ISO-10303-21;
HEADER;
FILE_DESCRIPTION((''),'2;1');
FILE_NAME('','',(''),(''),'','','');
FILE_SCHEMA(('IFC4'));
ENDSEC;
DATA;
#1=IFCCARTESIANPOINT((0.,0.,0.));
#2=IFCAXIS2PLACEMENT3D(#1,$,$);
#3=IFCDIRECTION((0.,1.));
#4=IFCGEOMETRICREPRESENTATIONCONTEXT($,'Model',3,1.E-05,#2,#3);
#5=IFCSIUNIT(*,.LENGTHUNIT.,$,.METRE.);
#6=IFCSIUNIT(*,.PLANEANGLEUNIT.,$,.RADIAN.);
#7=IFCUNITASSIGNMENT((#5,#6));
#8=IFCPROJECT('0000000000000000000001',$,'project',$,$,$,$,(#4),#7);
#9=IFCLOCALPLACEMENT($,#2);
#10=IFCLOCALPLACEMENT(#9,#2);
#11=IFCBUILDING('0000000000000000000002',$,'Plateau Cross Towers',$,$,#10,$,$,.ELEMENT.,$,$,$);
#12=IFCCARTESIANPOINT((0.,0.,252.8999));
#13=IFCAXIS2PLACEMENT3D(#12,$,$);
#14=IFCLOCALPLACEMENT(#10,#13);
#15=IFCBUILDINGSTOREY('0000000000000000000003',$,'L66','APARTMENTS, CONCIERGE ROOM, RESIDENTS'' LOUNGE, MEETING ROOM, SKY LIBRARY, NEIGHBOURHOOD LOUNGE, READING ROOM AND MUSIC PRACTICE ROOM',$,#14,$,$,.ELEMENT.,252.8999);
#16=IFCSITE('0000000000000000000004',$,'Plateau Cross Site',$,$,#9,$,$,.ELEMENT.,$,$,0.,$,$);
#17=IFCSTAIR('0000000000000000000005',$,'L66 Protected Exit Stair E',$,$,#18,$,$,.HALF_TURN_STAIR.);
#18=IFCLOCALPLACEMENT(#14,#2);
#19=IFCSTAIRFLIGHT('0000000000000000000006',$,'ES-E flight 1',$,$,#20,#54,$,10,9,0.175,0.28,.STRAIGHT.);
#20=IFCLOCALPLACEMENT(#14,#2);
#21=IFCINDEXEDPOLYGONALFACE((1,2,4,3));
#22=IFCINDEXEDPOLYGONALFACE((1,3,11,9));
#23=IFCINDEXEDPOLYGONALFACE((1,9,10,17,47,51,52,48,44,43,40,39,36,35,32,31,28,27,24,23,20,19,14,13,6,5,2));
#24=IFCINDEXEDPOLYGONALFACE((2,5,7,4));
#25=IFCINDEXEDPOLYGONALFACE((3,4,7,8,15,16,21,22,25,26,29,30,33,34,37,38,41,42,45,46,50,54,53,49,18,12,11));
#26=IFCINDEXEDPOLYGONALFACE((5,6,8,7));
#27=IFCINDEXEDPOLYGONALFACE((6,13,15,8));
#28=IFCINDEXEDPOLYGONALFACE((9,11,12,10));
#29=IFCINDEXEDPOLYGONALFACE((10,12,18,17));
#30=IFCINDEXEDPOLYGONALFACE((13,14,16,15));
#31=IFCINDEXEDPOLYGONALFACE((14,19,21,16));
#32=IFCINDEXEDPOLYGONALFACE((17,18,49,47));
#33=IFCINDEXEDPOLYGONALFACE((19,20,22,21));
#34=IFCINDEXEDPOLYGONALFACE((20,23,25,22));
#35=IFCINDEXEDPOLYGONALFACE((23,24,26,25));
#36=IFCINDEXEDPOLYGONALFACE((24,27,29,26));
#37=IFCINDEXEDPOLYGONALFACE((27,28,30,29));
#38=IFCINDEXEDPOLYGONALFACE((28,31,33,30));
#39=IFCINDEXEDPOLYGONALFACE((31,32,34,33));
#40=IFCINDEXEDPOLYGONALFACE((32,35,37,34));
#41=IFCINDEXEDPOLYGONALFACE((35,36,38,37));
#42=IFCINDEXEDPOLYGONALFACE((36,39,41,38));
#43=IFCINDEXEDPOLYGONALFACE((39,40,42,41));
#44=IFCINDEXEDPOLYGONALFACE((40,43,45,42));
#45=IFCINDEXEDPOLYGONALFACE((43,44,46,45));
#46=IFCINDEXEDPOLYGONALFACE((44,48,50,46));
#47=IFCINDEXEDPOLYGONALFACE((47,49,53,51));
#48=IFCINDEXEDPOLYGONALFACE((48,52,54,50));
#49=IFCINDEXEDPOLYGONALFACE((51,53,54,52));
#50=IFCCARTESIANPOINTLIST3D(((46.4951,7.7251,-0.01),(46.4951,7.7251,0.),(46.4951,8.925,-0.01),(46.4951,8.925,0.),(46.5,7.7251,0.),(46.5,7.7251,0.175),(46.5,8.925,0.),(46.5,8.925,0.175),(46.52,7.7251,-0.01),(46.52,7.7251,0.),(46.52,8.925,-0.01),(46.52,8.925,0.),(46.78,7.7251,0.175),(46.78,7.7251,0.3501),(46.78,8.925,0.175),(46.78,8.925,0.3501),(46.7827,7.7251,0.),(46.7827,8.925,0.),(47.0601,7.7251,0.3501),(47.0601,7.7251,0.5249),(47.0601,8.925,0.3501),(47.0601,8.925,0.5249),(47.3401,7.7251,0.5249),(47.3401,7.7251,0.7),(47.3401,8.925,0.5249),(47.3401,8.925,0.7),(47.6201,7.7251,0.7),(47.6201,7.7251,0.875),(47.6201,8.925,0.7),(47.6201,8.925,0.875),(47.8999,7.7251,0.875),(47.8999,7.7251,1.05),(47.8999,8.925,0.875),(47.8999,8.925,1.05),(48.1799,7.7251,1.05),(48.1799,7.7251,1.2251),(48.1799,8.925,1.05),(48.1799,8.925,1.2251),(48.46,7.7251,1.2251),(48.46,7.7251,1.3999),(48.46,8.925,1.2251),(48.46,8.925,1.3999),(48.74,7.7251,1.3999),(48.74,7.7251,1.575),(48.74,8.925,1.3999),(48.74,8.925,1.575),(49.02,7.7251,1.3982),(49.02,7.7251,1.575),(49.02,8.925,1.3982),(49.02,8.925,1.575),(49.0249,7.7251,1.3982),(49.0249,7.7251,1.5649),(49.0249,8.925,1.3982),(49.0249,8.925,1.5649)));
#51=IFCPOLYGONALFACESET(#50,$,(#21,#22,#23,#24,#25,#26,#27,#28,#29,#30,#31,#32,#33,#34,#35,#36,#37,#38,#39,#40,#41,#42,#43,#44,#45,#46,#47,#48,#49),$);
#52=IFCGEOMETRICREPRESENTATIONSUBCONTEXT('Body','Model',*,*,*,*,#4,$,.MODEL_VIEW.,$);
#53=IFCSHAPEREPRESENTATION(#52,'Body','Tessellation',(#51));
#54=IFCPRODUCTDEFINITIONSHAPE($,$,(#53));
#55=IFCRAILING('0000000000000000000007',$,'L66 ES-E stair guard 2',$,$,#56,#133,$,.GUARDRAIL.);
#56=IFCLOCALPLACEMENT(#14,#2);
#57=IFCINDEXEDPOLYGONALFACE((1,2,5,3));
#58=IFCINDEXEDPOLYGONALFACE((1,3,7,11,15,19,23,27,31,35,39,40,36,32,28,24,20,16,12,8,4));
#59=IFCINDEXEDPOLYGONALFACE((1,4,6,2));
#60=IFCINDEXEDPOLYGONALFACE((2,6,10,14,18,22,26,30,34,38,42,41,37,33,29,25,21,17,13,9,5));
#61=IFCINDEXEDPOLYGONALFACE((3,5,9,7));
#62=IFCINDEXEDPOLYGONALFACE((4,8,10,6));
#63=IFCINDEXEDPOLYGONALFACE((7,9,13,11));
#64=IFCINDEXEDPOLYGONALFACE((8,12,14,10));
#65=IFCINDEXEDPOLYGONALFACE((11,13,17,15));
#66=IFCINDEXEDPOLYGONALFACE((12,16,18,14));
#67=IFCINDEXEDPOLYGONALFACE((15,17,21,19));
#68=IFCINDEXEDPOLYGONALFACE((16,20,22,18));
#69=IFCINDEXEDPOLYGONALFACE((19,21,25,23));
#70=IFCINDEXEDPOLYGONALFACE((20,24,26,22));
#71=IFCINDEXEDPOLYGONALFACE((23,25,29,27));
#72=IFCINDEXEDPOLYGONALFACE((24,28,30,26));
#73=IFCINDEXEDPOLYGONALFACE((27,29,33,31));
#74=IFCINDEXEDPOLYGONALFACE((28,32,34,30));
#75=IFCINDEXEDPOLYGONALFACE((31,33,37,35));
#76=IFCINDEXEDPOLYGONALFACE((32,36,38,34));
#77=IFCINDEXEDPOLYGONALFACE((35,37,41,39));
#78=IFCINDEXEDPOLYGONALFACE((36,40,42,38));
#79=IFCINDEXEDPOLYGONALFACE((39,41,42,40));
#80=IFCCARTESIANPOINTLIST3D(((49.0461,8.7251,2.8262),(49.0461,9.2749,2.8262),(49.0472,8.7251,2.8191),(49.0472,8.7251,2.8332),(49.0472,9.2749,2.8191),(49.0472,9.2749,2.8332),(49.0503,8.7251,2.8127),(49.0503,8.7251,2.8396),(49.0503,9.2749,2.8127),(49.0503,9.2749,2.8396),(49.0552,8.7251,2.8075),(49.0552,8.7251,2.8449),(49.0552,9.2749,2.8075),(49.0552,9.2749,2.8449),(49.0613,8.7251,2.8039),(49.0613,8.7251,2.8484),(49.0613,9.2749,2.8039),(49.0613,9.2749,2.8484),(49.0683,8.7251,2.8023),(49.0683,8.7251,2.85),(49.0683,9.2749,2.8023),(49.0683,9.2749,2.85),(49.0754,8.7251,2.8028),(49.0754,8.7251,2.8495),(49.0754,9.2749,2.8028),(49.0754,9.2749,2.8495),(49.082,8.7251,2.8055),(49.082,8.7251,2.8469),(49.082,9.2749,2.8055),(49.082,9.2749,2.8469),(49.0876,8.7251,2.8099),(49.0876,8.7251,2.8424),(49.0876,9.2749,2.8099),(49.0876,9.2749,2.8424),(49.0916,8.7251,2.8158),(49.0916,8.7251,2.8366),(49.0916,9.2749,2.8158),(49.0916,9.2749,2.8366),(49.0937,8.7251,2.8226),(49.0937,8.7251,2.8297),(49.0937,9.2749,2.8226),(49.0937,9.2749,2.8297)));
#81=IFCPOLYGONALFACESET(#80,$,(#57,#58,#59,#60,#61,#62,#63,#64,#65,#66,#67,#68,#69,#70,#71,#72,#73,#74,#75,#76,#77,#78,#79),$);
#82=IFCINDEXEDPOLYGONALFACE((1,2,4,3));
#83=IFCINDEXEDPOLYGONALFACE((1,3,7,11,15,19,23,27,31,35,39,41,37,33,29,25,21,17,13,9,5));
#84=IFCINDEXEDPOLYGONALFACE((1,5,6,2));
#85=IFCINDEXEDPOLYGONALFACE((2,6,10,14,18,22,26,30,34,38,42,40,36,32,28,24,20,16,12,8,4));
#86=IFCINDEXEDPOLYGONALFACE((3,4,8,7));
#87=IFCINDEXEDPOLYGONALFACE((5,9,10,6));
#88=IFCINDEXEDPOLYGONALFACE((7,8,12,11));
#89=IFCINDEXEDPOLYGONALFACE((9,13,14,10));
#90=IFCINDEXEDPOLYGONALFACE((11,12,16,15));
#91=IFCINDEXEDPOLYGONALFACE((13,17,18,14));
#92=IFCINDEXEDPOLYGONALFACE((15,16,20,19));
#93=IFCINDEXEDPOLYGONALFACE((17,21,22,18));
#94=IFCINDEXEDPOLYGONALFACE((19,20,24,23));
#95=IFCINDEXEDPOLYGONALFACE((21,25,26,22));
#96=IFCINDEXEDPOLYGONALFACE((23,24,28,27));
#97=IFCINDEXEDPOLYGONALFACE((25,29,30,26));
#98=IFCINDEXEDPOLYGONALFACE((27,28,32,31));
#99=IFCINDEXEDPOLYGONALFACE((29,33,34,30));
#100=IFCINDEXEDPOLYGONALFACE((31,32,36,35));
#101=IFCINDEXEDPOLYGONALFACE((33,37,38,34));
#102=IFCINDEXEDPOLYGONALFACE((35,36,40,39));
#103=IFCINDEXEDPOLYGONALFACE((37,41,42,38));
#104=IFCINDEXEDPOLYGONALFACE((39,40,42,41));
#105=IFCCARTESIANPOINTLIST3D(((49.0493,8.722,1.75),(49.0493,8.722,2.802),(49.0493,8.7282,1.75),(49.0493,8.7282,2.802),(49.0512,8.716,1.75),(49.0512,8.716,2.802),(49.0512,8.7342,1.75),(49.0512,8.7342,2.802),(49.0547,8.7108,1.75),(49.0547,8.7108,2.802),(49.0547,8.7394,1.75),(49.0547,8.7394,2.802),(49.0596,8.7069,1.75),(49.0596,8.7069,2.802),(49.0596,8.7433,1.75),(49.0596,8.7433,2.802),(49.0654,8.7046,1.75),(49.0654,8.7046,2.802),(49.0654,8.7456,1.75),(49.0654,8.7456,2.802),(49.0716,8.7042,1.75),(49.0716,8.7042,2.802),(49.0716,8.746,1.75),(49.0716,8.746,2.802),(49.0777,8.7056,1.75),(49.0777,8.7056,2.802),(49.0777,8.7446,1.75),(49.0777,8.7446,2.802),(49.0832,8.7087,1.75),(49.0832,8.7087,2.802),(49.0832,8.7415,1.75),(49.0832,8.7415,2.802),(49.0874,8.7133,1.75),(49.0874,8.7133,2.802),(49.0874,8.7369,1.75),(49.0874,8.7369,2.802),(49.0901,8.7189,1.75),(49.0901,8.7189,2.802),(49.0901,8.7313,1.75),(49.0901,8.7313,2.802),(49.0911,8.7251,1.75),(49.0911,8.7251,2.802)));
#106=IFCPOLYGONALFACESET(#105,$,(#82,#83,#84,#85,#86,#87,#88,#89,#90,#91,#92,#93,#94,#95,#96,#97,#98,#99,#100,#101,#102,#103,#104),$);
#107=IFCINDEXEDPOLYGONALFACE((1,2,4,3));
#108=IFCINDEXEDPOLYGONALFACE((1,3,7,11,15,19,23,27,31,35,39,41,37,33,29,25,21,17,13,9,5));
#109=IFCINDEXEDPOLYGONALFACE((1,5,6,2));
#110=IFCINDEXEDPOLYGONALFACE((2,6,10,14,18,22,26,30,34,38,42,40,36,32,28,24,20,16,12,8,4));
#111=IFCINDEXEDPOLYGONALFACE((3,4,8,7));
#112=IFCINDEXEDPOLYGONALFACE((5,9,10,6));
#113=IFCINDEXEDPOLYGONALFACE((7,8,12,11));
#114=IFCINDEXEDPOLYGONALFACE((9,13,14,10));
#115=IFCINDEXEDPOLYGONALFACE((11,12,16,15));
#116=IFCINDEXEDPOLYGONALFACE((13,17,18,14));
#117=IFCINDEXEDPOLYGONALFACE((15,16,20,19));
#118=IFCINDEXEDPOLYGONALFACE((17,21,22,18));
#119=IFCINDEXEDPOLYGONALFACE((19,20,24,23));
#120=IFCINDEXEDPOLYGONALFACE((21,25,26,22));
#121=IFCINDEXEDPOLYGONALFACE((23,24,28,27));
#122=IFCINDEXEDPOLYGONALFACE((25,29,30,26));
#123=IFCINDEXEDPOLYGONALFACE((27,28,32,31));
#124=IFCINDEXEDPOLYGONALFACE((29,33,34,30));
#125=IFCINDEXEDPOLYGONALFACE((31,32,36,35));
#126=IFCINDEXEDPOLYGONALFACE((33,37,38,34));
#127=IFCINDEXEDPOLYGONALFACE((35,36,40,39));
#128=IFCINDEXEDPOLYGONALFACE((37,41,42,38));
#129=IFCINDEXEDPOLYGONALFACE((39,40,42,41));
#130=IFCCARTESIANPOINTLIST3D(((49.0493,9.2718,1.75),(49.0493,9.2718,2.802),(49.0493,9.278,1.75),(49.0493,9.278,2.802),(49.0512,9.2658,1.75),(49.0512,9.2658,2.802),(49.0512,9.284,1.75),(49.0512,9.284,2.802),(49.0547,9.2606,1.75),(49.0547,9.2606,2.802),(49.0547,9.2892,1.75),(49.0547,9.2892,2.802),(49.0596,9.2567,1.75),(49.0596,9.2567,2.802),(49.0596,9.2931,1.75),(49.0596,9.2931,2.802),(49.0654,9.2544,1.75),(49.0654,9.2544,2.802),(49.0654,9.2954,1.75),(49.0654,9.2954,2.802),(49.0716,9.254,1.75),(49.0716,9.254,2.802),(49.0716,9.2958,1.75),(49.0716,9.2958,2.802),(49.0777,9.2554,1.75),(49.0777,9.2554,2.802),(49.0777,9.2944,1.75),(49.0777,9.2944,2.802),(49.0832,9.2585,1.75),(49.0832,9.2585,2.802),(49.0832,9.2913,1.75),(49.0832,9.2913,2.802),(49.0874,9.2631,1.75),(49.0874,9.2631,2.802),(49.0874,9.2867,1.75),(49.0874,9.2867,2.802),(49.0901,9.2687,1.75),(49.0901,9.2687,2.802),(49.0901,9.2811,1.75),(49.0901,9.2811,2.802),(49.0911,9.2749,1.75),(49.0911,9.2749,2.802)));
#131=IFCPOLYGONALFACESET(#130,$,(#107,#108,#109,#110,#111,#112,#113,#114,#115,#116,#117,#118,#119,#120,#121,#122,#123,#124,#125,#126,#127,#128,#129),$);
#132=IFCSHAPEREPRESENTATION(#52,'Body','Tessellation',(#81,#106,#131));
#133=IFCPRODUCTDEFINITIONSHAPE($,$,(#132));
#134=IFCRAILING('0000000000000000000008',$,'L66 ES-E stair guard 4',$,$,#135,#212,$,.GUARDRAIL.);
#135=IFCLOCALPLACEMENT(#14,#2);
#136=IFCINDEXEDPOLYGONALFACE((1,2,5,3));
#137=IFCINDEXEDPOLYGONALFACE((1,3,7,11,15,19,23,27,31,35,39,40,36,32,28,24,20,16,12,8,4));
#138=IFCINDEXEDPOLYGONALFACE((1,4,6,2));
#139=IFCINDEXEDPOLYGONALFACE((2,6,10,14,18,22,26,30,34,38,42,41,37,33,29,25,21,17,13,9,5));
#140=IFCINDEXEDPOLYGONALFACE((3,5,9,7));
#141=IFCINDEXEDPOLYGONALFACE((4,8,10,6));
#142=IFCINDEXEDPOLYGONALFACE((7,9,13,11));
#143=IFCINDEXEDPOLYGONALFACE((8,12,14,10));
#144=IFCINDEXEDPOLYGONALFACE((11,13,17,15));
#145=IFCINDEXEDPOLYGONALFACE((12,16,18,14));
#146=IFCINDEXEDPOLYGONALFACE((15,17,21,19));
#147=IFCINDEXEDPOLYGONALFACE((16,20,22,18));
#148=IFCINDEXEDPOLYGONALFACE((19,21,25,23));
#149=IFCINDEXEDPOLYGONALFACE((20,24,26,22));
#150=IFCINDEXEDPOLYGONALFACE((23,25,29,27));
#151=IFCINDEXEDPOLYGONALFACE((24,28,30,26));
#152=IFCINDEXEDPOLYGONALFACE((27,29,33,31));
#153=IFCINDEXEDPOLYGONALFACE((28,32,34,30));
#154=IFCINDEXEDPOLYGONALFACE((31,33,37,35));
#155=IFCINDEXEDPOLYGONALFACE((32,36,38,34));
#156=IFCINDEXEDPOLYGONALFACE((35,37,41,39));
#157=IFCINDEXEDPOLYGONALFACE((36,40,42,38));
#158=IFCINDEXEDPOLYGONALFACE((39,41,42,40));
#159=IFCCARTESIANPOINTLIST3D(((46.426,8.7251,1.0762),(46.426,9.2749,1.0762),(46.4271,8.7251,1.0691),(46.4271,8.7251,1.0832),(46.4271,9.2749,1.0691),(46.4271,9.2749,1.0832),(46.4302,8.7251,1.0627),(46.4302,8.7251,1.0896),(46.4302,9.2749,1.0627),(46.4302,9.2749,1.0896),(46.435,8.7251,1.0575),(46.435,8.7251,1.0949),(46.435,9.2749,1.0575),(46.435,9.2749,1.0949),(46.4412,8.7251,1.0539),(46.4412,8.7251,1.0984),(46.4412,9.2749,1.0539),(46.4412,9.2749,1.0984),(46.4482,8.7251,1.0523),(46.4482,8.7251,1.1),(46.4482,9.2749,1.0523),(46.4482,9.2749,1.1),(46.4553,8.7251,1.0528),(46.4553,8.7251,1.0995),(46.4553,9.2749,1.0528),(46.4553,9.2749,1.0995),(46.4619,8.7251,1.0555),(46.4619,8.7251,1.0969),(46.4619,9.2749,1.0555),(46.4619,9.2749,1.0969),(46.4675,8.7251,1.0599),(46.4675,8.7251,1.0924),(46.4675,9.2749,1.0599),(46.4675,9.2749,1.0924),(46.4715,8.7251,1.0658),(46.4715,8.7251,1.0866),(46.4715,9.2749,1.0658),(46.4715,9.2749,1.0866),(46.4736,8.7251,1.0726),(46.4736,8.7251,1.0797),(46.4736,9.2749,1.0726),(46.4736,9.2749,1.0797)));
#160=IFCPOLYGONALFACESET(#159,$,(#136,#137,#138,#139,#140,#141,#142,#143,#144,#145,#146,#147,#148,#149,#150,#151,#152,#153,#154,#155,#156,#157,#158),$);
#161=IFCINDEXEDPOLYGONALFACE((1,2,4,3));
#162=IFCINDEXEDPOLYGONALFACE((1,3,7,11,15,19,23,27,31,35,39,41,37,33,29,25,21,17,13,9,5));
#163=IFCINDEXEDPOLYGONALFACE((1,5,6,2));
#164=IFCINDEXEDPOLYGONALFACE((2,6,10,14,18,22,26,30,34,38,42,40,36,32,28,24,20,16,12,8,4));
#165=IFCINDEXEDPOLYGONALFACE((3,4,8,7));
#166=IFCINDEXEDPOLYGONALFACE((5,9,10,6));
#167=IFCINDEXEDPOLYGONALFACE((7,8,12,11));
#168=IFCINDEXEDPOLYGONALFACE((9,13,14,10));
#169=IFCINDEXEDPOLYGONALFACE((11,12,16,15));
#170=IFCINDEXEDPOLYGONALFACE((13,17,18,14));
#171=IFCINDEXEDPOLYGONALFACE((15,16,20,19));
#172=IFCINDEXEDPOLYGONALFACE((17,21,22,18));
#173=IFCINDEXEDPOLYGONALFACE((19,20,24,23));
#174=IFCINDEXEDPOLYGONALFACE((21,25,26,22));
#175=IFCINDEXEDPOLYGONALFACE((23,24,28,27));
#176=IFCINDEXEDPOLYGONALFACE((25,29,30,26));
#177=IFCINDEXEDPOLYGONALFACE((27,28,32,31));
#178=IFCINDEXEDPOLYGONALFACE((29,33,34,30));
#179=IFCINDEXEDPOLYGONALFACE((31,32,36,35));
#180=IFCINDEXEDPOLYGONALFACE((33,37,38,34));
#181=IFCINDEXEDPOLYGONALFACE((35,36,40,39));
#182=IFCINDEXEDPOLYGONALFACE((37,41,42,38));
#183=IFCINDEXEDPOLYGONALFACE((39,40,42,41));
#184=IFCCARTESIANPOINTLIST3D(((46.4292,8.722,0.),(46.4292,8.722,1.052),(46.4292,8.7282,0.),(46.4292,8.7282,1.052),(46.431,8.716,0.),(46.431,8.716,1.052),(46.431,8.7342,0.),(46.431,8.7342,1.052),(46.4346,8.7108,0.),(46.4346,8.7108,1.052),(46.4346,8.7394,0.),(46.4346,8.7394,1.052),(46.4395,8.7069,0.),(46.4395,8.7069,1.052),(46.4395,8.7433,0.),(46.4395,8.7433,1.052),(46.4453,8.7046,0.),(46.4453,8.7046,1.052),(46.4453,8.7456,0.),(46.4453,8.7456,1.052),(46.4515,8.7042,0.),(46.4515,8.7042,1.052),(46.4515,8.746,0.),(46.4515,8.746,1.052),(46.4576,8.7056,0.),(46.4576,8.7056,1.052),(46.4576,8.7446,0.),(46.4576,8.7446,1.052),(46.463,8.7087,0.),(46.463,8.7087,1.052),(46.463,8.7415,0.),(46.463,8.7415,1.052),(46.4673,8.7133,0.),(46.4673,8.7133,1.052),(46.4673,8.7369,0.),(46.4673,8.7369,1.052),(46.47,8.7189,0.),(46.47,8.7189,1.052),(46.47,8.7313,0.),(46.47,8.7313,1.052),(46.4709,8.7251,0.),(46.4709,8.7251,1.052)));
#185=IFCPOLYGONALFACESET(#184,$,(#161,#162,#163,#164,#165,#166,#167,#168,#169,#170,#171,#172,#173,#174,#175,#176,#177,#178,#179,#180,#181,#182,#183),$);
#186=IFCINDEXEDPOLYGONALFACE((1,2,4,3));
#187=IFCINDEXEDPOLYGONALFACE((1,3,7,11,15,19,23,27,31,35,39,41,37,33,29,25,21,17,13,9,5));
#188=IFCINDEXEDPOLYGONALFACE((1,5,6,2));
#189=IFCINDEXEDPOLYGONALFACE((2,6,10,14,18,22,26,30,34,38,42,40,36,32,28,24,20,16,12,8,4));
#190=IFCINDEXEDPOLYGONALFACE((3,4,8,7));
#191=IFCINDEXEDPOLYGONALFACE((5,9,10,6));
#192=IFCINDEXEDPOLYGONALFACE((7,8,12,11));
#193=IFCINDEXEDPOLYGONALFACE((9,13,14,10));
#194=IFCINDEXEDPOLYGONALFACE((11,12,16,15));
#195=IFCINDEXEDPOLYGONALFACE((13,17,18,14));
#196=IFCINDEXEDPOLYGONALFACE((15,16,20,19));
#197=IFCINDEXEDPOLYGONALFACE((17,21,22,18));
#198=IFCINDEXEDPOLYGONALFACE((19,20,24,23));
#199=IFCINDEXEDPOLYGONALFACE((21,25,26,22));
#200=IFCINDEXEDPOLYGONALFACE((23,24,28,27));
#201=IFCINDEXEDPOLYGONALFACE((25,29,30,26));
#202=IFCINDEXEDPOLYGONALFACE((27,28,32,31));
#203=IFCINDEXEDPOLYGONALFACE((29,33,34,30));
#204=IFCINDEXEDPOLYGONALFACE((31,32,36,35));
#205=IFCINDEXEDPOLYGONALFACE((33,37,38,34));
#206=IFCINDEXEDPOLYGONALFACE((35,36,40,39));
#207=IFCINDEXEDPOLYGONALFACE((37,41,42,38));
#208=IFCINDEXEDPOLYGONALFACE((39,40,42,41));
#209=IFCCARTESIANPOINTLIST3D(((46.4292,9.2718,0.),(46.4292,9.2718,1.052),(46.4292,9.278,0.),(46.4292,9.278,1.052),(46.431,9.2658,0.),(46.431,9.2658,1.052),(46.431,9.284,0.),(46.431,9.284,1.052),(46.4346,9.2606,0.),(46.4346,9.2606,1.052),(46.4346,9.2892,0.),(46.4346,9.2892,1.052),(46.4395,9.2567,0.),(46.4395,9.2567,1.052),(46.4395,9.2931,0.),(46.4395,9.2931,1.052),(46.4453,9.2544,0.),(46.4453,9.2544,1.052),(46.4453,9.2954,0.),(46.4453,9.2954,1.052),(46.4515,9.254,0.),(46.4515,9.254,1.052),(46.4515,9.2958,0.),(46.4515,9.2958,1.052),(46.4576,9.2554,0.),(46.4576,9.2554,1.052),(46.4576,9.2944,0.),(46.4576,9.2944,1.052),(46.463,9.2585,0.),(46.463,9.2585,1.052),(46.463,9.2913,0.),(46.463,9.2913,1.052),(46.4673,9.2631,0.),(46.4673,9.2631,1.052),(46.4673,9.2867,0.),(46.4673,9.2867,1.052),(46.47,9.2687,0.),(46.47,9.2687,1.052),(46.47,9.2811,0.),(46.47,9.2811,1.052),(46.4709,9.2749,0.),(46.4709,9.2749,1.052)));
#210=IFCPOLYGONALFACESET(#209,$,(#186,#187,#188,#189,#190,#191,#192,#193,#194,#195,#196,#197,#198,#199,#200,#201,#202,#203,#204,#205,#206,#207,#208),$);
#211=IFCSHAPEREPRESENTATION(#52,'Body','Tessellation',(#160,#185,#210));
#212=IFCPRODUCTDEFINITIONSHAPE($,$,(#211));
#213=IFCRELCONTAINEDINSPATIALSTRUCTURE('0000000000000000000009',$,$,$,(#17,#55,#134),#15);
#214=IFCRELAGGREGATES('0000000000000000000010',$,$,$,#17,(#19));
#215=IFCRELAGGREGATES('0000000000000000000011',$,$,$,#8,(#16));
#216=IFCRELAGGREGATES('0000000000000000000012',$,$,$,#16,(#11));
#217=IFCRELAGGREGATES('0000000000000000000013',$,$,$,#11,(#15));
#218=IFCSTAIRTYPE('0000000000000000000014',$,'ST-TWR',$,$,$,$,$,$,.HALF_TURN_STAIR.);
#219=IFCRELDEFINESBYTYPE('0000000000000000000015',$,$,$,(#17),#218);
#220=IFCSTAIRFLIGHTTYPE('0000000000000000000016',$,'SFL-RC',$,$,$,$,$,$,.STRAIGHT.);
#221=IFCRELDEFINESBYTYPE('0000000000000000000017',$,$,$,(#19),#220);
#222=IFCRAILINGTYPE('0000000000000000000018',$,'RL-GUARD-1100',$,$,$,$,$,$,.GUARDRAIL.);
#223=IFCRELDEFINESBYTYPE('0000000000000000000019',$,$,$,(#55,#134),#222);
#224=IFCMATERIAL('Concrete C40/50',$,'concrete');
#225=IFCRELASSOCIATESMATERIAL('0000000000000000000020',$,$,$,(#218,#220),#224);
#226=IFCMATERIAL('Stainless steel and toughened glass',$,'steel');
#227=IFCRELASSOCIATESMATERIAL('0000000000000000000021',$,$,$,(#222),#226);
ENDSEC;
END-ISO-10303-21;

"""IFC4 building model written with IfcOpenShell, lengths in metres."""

from ifc_helpers import new_model, si_unit, direction, frame, origin, origin_2d, place, context, subcontext, project, spatial, polyline, circle, outline, extrude, material, type_object, element, aggregate, save


model = new_model("IFC4")

# Units and contexts
model_context = context("Model", 3, precision=1e-05, world=origin(), true_north=direction((0.0, 1.0)))
body_context = subcontext(model_context, "Body", "Model", "MODEL_VIEW")
ifc_project = project(units=[si_unit("LENGTHUNIT", "METRE"), si_unit("PLANEANGLEUNIT", "RADIAN")], contexts=[model_context])

# Site, building, storey
site_placement = place(None, origin())
site = spatial("IfcSite", under=ifc_project, at=site_placement, Name="Plateau Cross Site", CompositionType="ELEMENT", RefElevation=0.0)
building_placement = place(site_placement, origin())
building = spatial("IfcBuilding", under=site, at=building_placement, Name="Plateau Cross Towers", CompositionType="ELEMENT")
storey_placement = place(building_placement, frame((0.0, 0.0, 252.8999)))
storey = spatial("IfcBuildingStorey", under=building, at=storey_placement, Name="L66", Description="APARTMENTS, CONCIERGE ROOM, RESIDENTS' LOUNGE, MEETING ROOM, SKY LIBRARY, NEIGHBOURHOOD LOUNGE, READING ROOM AND MUSIC PRACTICE ROOM", CompositionType="ELEMENT", Elevation=252.8999)

# Stair, stair flight
ifc_material_1 = material(Name="Concrete C40/50", Category="concrete")
stair_type = type_object("IfcStairType", Name="ST-TWR", PredefinedType="HALF_TURN_STAIR", material=ifc_material_1)
stair_placement = place(storey_placement, origin())
stair = element("IfcStair", 1, at=stair_placement, inside=storey, type_object=stair_type, Name="L66 Protected Exit Stair E", PredefinedType="HALF_TURN_STAIR")
stair_flight_type = type_object("IfcStairFlightType", Name="SFL-RC", PredefinedType="STRAIGHT", material=ifc_material_1)
stair_flight_placement = place(storey_placement, frame((46.5, 8.325, 0.0), z_axis=(0.0, 0.0, 1.0), x_axis=(1.0, 0.0, 0.0)))
stair_flight = element("IfcStairFlight", 2, at=stair_flight_placement, type_object=stair_flight_type, Name="ES-E flight 1", NumberOfRisers=10, NumberOfTreads=9, PredefinedType="STRAIGHT", RiserHeight=0.175, TreadLength=0.28, context=body_context, shape_type="SweptSolid", body=[
    extrude(outline(polyline([(-0.0049, -0.01), (-0.0049, 0.0), (0.0, 0.0), (0.0, 0.175), (0.28, 0.175), (0.28, 0.3501), (0.5601, 0.3501), (0.5601, 0.5249), (0.8401, 0.5249), (0.8401, 0.7), (1.1201, 0.7), (1.1201, 0.875), (1.3999, 0.875), (1.3999, 1.05), (1.6799, 1.05), (1.6799, 1.2251), (1.96, 1.2251), (1.96, 1.3999), (2.24, 1.3999), (2.24, 1.575), (2.52, 1.575), (2.5249, 1.5649), (2.5249, 1.3982), (2.52, 1.3982), (0.2827, 0.0), (0.02, 0.0), (0.02, -0.01), (-0.0049, -0.01)])), frame((0.0, 0.6001, 0.0), z_axis=(0.0, -1.0, 0.0), x_axis=(1.0, 0.0, 0.0)), (0.0, 0.0, 1.0), 1.2),
])
aggregate(stair, [stair_flight])

# Railings
ifc_material_2 = material(Name="Stainless steel and toughened glass", Category="steel")
railing_type_1 = type_object("IfcRailingType", Name="RL-GUARD-1100", PredefinedType="GUARDRAIL", material=ifc_material_2)
for number, where, name in (
    (3, (49.0701, 8.7251, 1.75), "L66 ES-E stair guard 2"),
    (4, (46.45, 8.7251, 0.0), "L66 ES-E stair guard 4"),
):
    element("IfcRailing", number, at=place(storey_placement, frame(where)), inside=storey, type_object=railing_type_1, Name=name, PredefinedType="GUARDRAIL", context=body_context, shape_type="SweptSolid", body=[
        extrude(circle(Radius=0.0239, at=origin_2d()), frame((0.0, 0.0, 1.0762), z_axis=(0.0, 1.0, 0.0), x_axis=(-1.0, 0.0, 0.0)), (0.0, 0.0, 1.0), 0.5498),
        extrude(circle(Radius=0.021, at=origin_2d()), origin(), (0.0, 0.0, 1.0), 1.052),
        extrude(circle(Radius=0.021, at=origin_2d()), frame((0.0, 0.5498, 0.0)), (0.0, 0.0, 1.0), 1.052),
    ])

save(model, "model.ifc")
